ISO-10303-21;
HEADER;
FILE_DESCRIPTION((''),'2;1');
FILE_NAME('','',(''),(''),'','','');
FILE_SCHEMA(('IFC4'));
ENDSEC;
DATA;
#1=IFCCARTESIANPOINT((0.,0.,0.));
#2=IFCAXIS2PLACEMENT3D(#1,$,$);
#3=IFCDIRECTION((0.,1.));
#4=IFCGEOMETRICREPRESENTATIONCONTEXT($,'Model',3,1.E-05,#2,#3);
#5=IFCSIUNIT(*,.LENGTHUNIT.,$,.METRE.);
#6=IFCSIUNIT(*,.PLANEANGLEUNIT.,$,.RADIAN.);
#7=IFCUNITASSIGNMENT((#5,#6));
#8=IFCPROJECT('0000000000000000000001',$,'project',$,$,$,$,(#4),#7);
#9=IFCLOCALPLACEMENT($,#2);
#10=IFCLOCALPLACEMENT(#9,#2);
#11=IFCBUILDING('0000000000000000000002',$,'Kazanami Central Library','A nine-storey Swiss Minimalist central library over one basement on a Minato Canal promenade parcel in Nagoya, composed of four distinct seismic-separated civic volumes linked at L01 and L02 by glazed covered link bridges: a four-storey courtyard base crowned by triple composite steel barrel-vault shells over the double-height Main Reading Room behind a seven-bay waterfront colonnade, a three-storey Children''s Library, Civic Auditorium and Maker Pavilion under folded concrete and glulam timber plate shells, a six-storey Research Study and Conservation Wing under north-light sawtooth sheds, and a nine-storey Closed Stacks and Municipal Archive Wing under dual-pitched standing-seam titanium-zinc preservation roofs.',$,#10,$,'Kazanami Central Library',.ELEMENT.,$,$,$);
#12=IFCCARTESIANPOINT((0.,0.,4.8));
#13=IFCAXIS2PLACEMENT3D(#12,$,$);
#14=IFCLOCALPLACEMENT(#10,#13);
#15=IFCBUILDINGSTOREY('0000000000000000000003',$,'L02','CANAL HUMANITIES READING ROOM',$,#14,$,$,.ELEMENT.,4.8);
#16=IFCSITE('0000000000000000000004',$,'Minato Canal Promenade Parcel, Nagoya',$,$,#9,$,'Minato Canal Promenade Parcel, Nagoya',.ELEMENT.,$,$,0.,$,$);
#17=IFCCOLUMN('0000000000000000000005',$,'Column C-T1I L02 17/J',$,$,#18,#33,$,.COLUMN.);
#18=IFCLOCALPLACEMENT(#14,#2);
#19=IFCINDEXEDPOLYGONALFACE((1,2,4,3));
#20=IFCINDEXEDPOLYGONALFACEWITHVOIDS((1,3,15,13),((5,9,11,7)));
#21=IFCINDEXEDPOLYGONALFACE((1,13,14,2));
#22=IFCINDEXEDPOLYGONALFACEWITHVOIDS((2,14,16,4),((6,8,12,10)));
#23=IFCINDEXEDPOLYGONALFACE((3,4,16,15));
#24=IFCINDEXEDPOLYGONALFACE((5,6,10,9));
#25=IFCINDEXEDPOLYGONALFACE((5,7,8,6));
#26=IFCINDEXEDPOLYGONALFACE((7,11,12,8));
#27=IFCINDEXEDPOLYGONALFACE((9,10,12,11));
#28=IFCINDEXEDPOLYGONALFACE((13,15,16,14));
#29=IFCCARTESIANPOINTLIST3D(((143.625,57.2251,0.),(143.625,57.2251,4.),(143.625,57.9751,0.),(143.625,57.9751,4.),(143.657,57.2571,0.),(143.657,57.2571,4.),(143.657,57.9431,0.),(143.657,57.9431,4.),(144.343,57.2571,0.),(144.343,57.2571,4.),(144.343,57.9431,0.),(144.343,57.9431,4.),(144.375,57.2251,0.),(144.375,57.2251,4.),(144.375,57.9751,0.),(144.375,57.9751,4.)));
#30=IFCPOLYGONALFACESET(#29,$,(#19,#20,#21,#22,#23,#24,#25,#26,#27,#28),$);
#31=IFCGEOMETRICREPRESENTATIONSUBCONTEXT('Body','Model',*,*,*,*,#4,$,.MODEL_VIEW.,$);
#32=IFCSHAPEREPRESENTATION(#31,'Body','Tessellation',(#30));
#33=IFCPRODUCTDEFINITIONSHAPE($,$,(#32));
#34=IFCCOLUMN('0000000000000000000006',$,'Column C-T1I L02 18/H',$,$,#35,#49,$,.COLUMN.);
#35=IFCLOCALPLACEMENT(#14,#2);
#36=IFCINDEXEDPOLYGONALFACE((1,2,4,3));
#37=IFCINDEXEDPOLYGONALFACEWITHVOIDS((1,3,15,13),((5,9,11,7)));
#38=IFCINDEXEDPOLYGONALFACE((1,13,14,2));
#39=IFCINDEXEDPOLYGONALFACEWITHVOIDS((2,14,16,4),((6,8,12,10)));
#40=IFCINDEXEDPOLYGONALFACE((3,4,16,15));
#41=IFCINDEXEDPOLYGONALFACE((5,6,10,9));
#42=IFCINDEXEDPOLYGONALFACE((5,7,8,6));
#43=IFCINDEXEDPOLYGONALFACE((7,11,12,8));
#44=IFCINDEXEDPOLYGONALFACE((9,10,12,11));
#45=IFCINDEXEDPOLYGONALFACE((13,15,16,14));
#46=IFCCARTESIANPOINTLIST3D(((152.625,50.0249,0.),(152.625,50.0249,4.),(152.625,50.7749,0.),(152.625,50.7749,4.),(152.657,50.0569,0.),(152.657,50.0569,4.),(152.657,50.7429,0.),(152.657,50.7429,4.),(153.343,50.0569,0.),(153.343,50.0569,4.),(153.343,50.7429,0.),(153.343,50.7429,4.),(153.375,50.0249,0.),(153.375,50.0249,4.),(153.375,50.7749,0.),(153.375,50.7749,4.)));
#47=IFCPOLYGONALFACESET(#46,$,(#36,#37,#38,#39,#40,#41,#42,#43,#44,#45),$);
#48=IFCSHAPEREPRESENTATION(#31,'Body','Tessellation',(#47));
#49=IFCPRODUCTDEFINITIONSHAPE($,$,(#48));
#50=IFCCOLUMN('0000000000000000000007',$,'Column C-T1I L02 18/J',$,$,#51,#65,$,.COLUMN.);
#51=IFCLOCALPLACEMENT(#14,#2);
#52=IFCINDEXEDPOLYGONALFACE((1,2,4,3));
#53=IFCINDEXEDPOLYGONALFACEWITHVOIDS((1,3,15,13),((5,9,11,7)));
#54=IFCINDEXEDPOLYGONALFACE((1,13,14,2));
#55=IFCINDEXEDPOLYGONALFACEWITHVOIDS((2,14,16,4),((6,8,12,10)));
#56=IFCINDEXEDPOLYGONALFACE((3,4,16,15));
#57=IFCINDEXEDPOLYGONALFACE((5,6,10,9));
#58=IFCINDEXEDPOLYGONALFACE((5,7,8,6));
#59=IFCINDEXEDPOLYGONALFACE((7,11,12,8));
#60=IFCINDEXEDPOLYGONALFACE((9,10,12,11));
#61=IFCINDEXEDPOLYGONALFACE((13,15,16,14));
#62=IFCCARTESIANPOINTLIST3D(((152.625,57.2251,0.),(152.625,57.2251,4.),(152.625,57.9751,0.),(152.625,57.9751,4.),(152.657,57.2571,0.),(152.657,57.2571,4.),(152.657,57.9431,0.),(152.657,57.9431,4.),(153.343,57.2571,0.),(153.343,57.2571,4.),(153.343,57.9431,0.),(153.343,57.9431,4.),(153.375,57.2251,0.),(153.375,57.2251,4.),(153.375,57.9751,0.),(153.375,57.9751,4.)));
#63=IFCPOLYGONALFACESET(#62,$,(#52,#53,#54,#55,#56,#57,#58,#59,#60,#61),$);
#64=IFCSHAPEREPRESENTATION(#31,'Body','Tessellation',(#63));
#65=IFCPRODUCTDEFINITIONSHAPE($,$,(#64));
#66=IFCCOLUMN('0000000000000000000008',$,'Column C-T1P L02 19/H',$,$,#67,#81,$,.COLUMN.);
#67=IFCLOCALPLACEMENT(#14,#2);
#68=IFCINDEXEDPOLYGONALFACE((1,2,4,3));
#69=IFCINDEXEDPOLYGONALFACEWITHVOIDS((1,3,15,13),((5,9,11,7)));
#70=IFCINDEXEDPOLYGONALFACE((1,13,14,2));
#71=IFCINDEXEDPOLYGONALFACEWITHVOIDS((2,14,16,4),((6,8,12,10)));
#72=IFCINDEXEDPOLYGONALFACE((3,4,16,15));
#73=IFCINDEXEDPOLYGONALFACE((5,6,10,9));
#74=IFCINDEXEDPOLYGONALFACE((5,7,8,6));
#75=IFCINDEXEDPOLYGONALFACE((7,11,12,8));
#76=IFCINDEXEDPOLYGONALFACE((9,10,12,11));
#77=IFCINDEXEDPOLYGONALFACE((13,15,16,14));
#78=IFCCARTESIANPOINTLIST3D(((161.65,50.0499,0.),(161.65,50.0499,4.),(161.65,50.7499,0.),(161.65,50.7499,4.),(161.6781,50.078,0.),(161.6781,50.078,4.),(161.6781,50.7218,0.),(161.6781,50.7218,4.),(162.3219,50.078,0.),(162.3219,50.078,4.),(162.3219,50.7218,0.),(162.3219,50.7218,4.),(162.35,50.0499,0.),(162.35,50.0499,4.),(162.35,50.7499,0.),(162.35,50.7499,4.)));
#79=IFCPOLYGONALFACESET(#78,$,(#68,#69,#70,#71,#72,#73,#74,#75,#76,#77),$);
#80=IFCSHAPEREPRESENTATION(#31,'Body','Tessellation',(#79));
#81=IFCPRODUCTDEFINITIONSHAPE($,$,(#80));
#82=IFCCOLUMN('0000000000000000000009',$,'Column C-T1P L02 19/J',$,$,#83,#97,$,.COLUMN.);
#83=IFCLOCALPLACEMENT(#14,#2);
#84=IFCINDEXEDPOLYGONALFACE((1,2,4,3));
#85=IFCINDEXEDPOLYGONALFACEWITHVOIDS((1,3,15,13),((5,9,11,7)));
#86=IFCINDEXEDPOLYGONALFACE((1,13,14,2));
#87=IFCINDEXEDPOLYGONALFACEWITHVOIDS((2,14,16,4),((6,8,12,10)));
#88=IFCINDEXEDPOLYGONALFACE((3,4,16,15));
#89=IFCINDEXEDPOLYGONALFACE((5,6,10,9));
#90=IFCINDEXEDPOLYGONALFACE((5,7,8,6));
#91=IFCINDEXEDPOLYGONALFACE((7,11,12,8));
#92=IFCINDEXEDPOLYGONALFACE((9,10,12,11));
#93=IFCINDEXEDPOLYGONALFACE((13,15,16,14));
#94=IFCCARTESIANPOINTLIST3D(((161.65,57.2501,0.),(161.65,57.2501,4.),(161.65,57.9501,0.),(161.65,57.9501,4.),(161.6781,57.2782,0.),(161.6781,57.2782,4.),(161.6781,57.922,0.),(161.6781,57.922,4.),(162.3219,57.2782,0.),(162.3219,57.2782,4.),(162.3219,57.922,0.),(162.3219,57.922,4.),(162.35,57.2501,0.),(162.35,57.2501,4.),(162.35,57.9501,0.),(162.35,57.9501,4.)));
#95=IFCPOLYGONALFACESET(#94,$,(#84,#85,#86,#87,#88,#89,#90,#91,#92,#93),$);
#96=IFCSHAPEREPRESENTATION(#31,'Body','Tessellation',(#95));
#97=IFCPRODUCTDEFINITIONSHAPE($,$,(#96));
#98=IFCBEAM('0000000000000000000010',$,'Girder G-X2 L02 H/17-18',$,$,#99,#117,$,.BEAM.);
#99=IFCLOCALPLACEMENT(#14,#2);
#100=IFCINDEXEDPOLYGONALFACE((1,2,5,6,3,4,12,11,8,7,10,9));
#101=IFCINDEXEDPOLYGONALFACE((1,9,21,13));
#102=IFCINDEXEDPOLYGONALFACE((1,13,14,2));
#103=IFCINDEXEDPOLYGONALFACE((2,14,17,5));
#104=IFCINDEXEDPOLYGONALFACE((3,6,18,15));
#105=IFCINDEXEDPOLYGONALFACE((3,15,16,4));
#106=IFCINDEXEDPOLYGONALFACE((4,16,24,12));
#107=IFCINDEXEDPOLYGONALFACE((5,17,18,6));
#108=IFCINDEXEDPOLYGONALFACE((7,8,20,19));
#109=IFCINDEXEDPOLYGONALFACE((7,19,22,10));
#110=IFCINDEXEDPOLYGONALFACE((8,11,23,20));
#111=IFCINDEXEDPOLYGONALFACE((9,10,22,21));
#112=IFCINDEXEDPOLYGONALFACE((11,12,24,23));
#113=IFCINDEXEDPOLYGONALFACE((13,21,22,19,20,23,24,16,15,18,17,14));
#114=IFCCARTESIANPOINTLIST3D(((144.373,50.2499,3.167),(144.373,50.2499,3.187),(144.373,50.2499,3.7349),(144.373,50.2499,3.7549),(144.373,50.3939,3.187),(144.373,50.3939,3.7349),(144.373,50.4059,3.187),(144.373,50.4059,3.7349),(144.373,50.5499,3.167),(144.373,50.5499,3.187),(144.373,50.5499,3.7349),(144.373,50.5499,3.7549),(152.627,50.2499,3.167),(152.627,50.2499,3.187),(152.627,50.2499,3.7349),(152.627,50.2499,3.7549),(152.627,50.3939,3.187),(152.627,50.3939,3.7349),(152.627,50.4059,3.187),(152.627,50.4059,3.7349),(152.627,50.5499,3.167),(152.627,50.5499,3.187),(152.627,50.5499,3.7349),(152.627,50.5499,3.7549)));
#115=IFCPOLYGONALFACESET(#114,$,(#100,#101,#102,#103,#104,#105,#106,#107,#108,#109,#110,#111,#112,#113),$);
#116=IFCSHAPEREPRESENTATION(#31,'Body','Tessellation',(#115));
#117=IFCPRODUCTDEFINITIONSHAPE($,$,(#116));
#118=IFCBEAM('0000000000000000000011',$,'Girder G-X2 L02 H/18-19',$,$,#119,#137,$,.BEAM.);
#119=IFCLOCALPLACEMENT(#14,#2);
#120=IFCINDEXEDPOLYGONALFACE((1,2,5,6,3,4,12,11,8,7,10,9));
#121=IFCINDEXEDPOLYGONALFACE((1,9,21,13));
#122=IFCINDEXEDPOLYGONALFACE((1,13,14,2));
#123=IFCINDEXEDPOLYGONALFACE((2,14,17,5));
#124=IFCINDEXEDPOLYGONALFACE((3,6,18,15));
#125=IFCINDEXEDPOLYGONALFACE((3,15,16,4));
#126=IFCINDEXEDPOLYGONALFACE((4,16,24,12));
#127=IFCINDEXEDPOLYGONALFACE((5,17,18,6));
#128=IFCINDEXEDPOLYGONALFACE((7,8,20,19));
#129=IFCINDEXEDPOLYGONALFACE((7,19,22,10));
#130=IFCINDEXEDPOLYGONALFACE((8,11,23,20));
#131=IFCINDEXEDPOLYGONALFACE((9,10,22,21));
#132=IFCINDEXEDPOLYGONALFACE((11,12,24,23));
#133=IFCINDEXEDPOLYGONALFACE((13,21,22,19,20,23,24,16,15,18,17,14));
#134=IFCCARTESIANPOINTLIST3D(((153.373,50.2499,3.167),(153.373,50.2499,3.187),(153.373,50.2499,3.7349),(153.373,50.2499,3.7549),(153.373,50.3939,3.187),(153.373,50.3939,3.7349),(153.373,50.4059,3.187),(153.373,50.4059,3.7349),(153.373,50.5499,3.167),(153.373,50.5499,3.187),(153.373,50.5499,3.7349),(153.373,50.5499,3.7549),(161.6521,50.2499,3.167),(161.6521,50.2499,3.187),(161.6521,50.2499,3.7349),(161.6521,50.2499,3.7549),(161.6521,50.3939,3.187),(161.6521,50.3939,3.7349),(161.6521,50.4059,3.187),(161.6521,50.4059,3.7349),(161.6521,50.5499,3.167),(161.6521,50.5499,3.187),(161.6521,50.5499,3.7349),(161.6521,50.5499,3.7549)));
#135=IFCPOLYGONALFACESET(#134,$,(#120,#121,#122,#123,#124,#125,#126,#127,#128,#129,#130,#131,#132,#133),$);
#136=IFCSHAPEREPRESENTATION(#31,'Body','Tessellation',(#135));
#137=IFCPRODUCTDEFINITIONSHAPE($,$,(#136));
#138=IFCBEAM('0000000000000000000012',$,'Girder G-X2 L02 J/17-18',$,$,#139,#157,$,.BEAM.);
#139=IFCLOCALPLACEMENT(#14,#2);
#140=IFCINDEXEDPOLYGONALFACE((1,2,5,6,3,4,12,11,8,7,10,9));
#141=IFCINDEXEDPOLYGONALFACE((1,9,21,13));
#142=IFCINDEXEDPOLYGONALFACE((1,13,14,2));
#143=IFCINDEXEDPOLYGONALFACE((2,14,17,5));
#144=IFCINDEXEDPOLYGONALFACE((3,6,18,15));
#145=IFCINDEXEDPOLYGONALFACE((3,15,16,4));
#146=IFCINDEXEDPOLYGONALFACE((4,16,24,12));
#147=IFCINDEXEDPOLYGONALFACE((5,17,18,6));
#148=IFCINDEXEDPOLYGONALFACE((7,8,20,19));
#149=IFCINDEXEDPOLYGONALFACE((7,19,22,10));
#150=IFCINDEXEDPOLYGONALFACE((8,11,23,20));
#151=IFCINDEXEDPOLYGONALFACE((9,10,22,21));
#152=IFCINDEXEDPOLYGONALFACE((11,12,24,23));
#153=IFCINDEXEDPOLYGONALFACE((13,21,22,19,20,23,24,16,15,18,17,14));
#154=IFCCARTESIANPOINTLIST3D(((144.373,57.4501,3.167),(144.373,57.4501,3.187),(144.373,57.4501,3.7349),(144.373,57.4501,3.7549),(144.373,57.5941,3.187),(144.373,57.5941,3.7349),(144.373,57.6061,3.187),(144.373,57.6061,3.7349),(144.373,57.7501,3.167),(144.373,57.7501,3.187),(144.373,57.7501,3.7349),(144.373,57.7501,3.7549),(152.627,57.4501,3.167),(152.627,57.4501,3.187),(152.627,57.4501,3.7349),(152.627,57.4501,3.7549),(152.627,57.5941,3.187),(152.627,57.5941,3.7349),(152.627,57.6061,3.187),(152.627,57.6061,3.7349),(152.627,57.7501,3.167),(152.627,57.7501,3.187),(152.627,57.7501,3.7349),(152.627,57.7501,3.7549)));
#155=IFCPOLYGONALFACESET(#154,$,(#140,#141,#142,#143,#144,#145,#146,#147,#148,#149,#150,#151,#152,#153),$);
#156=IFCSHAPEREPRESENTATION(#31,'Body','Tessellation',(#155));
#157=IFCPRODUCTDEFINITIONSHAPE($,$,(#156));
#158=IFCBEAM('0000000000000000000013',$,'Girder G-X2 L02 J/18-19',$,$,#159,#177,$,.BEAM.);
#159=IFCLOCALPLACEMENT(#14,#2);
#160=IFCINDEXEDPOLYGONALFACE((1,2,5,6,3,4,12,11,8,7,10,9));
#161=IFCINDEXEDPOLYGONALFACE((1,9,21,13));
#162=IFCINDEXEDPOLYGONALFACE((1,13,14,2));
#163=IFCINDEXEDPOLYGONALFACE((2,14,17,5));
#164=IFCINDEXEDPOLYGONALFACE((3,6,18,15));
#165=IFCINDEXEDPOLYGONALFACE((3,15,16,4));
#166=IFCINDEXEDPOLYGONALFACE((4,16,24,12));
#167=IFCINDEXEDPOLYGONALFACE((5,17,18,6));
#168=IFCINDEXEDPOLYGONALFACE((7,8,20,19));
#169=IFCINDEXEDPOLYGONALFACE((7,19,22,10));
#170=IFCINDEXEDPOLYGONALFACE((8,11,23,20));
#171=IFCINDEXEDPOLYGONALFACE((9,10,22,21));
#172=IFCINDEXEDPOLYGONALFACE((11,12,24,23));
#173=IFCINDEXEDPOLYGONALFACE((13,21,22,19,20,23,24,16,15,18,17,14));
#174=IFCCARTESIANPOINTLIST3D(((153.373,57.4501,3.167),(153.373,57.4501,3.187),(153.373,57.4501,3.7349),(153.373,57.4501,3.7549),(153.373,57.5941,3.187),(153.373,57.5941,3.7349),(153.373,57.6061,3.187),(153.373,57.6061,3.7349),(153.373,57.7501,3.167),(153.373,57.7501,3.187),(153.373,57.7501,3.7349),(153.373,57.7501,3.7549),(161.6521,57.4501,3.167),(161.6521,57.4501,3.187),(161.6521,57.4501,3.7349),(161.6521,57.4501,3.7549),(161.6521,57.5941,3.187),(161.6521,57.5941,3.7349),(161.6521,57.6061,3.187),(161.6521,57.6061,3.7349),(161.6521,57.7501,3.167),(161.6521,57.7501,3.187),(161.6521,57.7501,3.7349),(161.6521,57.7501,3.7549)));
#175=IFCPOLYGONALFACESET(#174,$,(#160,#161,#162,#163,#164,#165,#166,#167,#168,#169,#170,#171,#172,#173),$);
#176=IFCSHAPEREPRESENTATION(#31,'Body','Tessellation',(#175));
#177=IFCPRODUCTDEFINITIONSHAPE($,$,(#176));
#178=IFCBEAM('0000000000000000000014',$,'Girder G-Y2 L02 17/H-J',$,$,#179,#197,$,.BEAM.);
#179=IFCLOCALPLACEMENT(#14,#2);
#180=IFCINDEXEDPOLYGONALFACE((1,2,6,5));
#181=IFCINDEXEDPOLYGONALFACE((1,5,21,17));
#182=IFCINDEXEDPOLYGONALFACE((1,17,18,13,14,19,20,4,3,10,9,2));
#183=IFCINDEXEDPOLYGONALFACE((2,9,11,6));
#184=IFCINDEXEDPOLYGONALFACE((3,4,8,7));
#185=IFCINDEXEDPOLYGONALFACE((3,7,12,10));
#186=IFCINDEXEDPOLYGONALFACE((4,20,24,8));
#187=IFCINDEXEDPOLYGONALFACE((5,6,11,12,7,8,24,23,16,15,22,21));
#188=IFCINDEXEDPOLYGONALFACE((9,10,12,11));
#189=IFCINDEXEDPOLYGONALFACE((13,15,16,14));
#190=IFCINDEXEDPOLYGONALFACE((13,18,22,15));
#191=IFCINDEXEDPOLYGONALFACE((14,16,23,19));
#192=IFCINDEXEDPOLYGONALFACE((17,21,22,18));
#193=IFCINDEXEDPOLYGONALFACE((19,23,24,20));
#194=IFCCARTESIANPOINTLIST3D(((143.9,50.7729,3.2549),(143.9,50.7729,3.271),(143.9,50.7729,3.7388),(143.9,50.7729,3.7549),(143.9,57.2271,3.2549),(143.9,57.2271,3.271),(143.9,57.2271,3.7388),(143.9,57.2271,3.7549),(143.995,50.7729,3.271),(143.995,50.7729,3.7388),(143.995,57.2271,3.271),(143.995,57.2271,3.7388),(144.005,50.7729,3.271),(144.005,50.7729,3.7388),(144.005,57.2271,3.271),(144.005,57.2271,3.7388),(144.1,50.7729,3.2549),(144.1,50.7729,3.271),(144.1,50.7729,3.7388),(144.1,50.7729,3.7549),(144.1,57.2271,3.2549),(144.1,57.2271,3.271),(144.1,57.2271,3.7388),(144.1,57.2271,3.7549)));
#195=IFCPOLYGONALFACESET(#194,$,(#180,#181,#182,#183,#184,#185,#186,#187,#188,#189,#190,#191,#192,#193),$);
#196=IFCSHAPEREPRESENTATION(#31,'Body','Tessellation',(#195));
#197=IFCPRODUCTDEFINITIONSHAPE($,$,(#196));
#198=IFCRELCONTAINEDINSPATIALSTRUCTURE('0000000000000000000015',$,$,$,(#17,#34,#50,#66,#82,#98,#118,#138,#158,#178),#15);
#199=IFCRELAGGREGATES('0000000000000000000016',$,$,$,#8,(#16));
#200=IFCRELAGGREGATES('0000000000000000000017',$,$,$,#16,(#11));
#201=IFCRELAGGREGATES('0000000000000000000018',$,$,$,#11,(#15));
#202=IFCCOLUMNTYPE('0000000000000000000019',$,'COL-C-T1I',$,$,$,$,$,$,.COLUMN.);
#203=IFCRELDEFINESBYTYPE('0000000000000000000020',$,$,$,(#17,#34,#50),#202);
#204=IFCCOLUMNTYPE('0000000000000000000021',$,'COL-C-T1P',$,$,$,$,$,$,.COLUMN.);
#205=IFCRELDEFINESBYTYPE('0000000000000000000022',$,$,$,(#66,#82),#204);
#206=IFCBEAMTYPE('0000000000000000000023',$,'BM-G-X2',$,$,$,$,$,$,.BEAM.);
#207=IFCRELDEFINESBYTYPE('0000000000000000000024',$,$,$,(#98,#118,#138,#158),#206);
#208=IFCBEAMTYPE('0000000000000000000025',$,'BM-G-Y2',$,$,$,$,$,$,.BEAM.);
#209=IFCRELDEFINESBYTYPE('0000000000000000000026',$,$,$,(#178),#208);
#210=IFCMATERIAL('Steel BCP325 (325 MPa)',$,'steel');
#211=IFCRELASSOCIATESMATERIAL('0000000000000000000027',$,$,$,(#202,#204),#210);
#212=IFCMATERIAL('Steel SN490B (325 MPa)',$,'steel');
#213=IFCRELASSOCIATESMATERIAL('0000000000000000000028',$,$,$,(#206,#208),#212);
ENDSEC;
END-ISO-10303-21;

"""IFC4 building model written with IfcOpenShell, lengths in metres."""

from ifc_helpers import new_model, si_unit, direction, frame, origin, origin_2d, place, context, subcontext, project, spatial, hollow_rectangle, i_section, extrude, material, material_profile, profile_set, type_object, element, save


model = new_model("IFC4")

# Units and contexts
model_context = context("Model", 3, precision=1e-05, world=origin(), true_north=direction((0.0, 1.0)))
body_context = subcontext(model_context, "Body", "Model", "MODEL_VIEW")
ifc_project = project(units=[si_unit("LENGTHUNIT", "METRE"), si_unit("PLANEANGLEUNIT", "RADIAN")], contexts=[model_context])

# Site, building, storey
site_placement = place(None, origin())
site = spatial("IfcSite", under=ifc_project, at=site_placement, Name="Minato Canal Promenade Parcel, Nagoya", LongName="Minato Canal Promenade Parcel, Nagoya", CompositionType="ELEMENT", RefElevation=0.0)
building_placement = place(site_placement, origin())
building = spatial("IfcBuilding", under=site, at=building_placement, Name="Kazanami Central Library", Description="A nine-storey Swiss Minimalist central library over one basement on a Minato Canal promenade parcel in Nagoya, composed of four distinct seismic-separated civic volumes linked at L01 and L02 by glazed covered link bridges: a four-storey courtyard base crowned by triple composite steel barrel-vault shells over the double-height Main Reading Room behind a seven-bay waterfront colonnade, a three-storey Children's Library, Civic Auditorium and Maker Pavilion under folded concrete and glulam timber plate shells, a six-storey Research Study and Conservation Wing under north-light sawtooth sheds, and a nine-storey Closed Stacks and Municipal Archive Wing under dual-pitched standing-seam titanium-zinc preservation roofs.", LongName="Kazanami Central Library", CompositionType="ELEMENT")
storey_placement = place(building_placement, frame((0.0, 0.0, 4.8)))
storey = spatial("IfcBuildingStorey", under=building, at=storey_placement, Name="L02", Description="CANAL HUMANITIES READING ROOM", CompositionType="ELEMENT", Elevation=4.8)

# Columns
ifc_material_1 = material(Name="Steel BCP325 (325 MPa)", Category="steel")
ifc_material_profile_1 = material_profile(ifc_material_1, hollow_rectangle(XDim=0.75, YDim=0.75, WallThickness=0.032, at=origin_2d()), Name="BCP-750x750x32")
ifc_profile_set_1 = profile_set([ifc_material_profile_1], Name="Steel BCP325 (325 MPa)")
column_type_1 = type_object("IfcColumnType", Name="COL-C-T1I", PredefinedType="COLUMN", material=ifc_profile_set_1)
for number, where, z_axis, x_axis, name in (
    (1, (144.0, 57.6001, 0.0), (0.0, 0.0, 1.0), (1.0, 0.0, 0.0), "Column C-T1I L02 17/J"),
    (2, (153.0, 50.3999, 0.0), (0.0, 0.0, 1.0), (1.0, 0.0, 0.0), "Column C-T1I L02 18/H"),
    (3, (153.0, 57.6001, 0.0), (0.0, 0.0, 1.0), (1.0, 0.0, 0.0), "Column C-T1I L02 18/J"),
):
    element("IfcColumn", number, at=place(storey_placement, frame(where, z_axis=z_axis, x_axis=x_axis)), inside=storey, type_object=column_type_1, Name=name, PredefinedType="COLUMN", context=body_context, shape_type="SweptSolid", body=[
        extrude(hollow_rectangle(XDim=0.75, YDim=0.75, WallThickness=0.032, at=origin_2d()), origin(), (0.0, 0.0, 1.0), 4.0),
    ])
ifc_material_profile_2 = material_profile(ifc_material_1, hollow_rectangle(XDim=0.7, YDim=0.7, WallThickness=0.0281, at=origin_2d()), Name="BCP-700x700x28")
ifc_profile_set_2 = profile_set([ifc_material_profile_2], Name="Steel BCP325 (325 MPa)")
column_type_2 = type_object("IfcColumnType", Name="COL-C-T1P", PredefinedType="COLUMN", material=ifc_profile_set_2)
for number, where, z_axis, x_axis, name in (
    (4, (162.0, 50.3999, 0.0), (0.0, 0.0, 1.0), (1.0, 0.0, 0.0), "Column C-T1P L02 19/H"),
    (5, (162.0, 57.6001, 0.0), (0.0, 0.0, 1.0), (1.0, 0.0, 0.0), "Column C-T1P L02 19/J"),
):
    element("IfcColumn", number, at=place(storey_placement, frame(where, z_axis=z_axis, x_axis=x_axis)), inside=storey, type_object=column_type_2, Name=name, PredefinedType="COLUMN", context=body_context, shape_type="SweptSolid", body=[
        extrude(hollow_rectangle(XDim=0.7, YDim=0.7, WallThickness=0.0281, at=origin_2d()), origin(), (0.0, 0.0, 1.0), 4.0),
    ])

# Beams
ifc_material_2 = material(Name="Steel SN490B (325 MPa)", Category="steel")
ifc_material_profile_3 = material_profile(ifc_material_2, i_section(OverallWidth=0.3, OverallDepth=0.5879, WebThickness=0.012, FlangeThickness=0.02, at=origin_2d()), Name="H-588x300x12x20")
ifc_profile_set_3 = profile_set([ifc_material_profile_3], Name="Steel SN490B (325 MPa)")
beam_type_1 = type_object("IfcBeamType", Name="BM-G-X2", PredefinedType="BEAM", material=ifc_profile_set_3)
beam_1_placement = place(storey_placement, frame((144.373, 50.3999, 3.4609), z_axis=(1.0, 0.0, 0.0), x_axis=(0.0, 1.0, 0.0)))
element("IfcBeam", 6, at=beam_1_placement, inside=storey, type_object=beam_type_1, Name="Girder G-X2 L02 H/17-18", PredefinedType="BEAM", context=body_context, shape_type="SweptSolid", body=[
    extrude(i_section(OverallWidth=0.3, OverallDepth=0.5879, WebThickness=0.012, FlangeThickness=0.02, at=origin_2d()), origin(), (0.0, 0.0, 1.0), 8.2539),
])
beam_2_placement = place(storey_placement, frame((153.373, 50.3999, 3.4609), z_axis=(1.0, 0.0, 0.0), x_axis=(0.0, 1.0, 0.0)))
element("IfcBeam", 7, at=beam_2_placement, inside=storey, type_object=beam_type_1, Name="Girder G-X2 L02 H/18-19", PredefinedType="BEAM", context=body_context, shape_type="SweptSolid", body=[
    extrude(i_section(OverallWidth=0.3, OverallDepth=0.5879, WebThickness=0.012, FlangeThickness=0.02, at=origin_2d()), origin(), (0.0, 0.0, 1.0), 8.2791),
])
beam_3_placement = place(storey_placement, frame((144.373, 57.6001, 3.4609), z_axis=(1.0, 0.0, 0.0), x_axis=(0.0, 1.0, 0.0)))
element("IfcBeam", 8, at=beam_3_placement, inside=storey, type_object=beam_type_1, Name="Girder G-X2 L02 J/17-18", PredefinedType="BEAM", context=body_context, shape_type="SweptSolid", body=[
    extrude(i_section(OverallWidth=0.3, OverallDepth=0.5879, WebThickness=0.012, FlangeThickness=0.02, at=origin_2d()), origin(), (0.0, 0.0, 1.0), 8.2539),
])
beam_4_placement = place(storey_placement, frame((153.373, 57.6001, 3.4609), z_axis=(1.0, 0.0, 0.0), x_axis=(0.0, 1.0, 0.0)))
element("IfcBeam", 9, at=beam_4_placement, inside=storey, type_object=beam_type_1, Name="Girder G-X2 L02 J/18-19", PredefinedType="BEAM", context=body_context, shape_type="SweptSolid", body=[
    extrude(i_section(OverallWidth=0.3, OverallDepth=0.5879, WebThickness=0.012, FlangeThickness=0.02, at=origin_2d()), origin(), (0.0, 0.0, 1.0), 8.2791),
])
ifc_material_profile_4 = material_profile(ifc_material_2, i_section(OverallWidth=0.2, OverallDepth=0.5, WebThickness=0.01, FlangeThickness=0.0161, at=origin_2d()), Name="H-500x200x10x16")
ifc_profile_set_4 = profile_set([ifc_material_profile_4], Name="Steel SN490B (325 MPa)")
beam_type_2 = type_object("IfcBeamType", Name="BM-G-Y2", PredefinedType="BEAM", material=ifc_profile_set_4)
for number, where, z_axis, x_axis, name in (
    (10, (144.0, 50.7729, 3.5049), (0.0, 1.0, 0.0), (-1.0, 0.0, 0.0), "Girder G-Y2 L02 17/H-J"),
):
    element("IfcBeam", number, at=place(storey_placement, frame(where, z_axis=z_axis, x_axis=x_axis)), inside=storey, type_object=beam_type_2, Name=name, PredefinedType="BEAM", context=body_context, shape_type="SweptSolid", body=[
        extrude(i_section(OverallWidth=0.2, OverallDepth=0.5, WebThickness=0.01, FlangeThickness=0.0161, at=origin_2d()), origin(), (0.0, 0.0, 1.0), 6.4541),
    ])

save(model, "model.ifc")
